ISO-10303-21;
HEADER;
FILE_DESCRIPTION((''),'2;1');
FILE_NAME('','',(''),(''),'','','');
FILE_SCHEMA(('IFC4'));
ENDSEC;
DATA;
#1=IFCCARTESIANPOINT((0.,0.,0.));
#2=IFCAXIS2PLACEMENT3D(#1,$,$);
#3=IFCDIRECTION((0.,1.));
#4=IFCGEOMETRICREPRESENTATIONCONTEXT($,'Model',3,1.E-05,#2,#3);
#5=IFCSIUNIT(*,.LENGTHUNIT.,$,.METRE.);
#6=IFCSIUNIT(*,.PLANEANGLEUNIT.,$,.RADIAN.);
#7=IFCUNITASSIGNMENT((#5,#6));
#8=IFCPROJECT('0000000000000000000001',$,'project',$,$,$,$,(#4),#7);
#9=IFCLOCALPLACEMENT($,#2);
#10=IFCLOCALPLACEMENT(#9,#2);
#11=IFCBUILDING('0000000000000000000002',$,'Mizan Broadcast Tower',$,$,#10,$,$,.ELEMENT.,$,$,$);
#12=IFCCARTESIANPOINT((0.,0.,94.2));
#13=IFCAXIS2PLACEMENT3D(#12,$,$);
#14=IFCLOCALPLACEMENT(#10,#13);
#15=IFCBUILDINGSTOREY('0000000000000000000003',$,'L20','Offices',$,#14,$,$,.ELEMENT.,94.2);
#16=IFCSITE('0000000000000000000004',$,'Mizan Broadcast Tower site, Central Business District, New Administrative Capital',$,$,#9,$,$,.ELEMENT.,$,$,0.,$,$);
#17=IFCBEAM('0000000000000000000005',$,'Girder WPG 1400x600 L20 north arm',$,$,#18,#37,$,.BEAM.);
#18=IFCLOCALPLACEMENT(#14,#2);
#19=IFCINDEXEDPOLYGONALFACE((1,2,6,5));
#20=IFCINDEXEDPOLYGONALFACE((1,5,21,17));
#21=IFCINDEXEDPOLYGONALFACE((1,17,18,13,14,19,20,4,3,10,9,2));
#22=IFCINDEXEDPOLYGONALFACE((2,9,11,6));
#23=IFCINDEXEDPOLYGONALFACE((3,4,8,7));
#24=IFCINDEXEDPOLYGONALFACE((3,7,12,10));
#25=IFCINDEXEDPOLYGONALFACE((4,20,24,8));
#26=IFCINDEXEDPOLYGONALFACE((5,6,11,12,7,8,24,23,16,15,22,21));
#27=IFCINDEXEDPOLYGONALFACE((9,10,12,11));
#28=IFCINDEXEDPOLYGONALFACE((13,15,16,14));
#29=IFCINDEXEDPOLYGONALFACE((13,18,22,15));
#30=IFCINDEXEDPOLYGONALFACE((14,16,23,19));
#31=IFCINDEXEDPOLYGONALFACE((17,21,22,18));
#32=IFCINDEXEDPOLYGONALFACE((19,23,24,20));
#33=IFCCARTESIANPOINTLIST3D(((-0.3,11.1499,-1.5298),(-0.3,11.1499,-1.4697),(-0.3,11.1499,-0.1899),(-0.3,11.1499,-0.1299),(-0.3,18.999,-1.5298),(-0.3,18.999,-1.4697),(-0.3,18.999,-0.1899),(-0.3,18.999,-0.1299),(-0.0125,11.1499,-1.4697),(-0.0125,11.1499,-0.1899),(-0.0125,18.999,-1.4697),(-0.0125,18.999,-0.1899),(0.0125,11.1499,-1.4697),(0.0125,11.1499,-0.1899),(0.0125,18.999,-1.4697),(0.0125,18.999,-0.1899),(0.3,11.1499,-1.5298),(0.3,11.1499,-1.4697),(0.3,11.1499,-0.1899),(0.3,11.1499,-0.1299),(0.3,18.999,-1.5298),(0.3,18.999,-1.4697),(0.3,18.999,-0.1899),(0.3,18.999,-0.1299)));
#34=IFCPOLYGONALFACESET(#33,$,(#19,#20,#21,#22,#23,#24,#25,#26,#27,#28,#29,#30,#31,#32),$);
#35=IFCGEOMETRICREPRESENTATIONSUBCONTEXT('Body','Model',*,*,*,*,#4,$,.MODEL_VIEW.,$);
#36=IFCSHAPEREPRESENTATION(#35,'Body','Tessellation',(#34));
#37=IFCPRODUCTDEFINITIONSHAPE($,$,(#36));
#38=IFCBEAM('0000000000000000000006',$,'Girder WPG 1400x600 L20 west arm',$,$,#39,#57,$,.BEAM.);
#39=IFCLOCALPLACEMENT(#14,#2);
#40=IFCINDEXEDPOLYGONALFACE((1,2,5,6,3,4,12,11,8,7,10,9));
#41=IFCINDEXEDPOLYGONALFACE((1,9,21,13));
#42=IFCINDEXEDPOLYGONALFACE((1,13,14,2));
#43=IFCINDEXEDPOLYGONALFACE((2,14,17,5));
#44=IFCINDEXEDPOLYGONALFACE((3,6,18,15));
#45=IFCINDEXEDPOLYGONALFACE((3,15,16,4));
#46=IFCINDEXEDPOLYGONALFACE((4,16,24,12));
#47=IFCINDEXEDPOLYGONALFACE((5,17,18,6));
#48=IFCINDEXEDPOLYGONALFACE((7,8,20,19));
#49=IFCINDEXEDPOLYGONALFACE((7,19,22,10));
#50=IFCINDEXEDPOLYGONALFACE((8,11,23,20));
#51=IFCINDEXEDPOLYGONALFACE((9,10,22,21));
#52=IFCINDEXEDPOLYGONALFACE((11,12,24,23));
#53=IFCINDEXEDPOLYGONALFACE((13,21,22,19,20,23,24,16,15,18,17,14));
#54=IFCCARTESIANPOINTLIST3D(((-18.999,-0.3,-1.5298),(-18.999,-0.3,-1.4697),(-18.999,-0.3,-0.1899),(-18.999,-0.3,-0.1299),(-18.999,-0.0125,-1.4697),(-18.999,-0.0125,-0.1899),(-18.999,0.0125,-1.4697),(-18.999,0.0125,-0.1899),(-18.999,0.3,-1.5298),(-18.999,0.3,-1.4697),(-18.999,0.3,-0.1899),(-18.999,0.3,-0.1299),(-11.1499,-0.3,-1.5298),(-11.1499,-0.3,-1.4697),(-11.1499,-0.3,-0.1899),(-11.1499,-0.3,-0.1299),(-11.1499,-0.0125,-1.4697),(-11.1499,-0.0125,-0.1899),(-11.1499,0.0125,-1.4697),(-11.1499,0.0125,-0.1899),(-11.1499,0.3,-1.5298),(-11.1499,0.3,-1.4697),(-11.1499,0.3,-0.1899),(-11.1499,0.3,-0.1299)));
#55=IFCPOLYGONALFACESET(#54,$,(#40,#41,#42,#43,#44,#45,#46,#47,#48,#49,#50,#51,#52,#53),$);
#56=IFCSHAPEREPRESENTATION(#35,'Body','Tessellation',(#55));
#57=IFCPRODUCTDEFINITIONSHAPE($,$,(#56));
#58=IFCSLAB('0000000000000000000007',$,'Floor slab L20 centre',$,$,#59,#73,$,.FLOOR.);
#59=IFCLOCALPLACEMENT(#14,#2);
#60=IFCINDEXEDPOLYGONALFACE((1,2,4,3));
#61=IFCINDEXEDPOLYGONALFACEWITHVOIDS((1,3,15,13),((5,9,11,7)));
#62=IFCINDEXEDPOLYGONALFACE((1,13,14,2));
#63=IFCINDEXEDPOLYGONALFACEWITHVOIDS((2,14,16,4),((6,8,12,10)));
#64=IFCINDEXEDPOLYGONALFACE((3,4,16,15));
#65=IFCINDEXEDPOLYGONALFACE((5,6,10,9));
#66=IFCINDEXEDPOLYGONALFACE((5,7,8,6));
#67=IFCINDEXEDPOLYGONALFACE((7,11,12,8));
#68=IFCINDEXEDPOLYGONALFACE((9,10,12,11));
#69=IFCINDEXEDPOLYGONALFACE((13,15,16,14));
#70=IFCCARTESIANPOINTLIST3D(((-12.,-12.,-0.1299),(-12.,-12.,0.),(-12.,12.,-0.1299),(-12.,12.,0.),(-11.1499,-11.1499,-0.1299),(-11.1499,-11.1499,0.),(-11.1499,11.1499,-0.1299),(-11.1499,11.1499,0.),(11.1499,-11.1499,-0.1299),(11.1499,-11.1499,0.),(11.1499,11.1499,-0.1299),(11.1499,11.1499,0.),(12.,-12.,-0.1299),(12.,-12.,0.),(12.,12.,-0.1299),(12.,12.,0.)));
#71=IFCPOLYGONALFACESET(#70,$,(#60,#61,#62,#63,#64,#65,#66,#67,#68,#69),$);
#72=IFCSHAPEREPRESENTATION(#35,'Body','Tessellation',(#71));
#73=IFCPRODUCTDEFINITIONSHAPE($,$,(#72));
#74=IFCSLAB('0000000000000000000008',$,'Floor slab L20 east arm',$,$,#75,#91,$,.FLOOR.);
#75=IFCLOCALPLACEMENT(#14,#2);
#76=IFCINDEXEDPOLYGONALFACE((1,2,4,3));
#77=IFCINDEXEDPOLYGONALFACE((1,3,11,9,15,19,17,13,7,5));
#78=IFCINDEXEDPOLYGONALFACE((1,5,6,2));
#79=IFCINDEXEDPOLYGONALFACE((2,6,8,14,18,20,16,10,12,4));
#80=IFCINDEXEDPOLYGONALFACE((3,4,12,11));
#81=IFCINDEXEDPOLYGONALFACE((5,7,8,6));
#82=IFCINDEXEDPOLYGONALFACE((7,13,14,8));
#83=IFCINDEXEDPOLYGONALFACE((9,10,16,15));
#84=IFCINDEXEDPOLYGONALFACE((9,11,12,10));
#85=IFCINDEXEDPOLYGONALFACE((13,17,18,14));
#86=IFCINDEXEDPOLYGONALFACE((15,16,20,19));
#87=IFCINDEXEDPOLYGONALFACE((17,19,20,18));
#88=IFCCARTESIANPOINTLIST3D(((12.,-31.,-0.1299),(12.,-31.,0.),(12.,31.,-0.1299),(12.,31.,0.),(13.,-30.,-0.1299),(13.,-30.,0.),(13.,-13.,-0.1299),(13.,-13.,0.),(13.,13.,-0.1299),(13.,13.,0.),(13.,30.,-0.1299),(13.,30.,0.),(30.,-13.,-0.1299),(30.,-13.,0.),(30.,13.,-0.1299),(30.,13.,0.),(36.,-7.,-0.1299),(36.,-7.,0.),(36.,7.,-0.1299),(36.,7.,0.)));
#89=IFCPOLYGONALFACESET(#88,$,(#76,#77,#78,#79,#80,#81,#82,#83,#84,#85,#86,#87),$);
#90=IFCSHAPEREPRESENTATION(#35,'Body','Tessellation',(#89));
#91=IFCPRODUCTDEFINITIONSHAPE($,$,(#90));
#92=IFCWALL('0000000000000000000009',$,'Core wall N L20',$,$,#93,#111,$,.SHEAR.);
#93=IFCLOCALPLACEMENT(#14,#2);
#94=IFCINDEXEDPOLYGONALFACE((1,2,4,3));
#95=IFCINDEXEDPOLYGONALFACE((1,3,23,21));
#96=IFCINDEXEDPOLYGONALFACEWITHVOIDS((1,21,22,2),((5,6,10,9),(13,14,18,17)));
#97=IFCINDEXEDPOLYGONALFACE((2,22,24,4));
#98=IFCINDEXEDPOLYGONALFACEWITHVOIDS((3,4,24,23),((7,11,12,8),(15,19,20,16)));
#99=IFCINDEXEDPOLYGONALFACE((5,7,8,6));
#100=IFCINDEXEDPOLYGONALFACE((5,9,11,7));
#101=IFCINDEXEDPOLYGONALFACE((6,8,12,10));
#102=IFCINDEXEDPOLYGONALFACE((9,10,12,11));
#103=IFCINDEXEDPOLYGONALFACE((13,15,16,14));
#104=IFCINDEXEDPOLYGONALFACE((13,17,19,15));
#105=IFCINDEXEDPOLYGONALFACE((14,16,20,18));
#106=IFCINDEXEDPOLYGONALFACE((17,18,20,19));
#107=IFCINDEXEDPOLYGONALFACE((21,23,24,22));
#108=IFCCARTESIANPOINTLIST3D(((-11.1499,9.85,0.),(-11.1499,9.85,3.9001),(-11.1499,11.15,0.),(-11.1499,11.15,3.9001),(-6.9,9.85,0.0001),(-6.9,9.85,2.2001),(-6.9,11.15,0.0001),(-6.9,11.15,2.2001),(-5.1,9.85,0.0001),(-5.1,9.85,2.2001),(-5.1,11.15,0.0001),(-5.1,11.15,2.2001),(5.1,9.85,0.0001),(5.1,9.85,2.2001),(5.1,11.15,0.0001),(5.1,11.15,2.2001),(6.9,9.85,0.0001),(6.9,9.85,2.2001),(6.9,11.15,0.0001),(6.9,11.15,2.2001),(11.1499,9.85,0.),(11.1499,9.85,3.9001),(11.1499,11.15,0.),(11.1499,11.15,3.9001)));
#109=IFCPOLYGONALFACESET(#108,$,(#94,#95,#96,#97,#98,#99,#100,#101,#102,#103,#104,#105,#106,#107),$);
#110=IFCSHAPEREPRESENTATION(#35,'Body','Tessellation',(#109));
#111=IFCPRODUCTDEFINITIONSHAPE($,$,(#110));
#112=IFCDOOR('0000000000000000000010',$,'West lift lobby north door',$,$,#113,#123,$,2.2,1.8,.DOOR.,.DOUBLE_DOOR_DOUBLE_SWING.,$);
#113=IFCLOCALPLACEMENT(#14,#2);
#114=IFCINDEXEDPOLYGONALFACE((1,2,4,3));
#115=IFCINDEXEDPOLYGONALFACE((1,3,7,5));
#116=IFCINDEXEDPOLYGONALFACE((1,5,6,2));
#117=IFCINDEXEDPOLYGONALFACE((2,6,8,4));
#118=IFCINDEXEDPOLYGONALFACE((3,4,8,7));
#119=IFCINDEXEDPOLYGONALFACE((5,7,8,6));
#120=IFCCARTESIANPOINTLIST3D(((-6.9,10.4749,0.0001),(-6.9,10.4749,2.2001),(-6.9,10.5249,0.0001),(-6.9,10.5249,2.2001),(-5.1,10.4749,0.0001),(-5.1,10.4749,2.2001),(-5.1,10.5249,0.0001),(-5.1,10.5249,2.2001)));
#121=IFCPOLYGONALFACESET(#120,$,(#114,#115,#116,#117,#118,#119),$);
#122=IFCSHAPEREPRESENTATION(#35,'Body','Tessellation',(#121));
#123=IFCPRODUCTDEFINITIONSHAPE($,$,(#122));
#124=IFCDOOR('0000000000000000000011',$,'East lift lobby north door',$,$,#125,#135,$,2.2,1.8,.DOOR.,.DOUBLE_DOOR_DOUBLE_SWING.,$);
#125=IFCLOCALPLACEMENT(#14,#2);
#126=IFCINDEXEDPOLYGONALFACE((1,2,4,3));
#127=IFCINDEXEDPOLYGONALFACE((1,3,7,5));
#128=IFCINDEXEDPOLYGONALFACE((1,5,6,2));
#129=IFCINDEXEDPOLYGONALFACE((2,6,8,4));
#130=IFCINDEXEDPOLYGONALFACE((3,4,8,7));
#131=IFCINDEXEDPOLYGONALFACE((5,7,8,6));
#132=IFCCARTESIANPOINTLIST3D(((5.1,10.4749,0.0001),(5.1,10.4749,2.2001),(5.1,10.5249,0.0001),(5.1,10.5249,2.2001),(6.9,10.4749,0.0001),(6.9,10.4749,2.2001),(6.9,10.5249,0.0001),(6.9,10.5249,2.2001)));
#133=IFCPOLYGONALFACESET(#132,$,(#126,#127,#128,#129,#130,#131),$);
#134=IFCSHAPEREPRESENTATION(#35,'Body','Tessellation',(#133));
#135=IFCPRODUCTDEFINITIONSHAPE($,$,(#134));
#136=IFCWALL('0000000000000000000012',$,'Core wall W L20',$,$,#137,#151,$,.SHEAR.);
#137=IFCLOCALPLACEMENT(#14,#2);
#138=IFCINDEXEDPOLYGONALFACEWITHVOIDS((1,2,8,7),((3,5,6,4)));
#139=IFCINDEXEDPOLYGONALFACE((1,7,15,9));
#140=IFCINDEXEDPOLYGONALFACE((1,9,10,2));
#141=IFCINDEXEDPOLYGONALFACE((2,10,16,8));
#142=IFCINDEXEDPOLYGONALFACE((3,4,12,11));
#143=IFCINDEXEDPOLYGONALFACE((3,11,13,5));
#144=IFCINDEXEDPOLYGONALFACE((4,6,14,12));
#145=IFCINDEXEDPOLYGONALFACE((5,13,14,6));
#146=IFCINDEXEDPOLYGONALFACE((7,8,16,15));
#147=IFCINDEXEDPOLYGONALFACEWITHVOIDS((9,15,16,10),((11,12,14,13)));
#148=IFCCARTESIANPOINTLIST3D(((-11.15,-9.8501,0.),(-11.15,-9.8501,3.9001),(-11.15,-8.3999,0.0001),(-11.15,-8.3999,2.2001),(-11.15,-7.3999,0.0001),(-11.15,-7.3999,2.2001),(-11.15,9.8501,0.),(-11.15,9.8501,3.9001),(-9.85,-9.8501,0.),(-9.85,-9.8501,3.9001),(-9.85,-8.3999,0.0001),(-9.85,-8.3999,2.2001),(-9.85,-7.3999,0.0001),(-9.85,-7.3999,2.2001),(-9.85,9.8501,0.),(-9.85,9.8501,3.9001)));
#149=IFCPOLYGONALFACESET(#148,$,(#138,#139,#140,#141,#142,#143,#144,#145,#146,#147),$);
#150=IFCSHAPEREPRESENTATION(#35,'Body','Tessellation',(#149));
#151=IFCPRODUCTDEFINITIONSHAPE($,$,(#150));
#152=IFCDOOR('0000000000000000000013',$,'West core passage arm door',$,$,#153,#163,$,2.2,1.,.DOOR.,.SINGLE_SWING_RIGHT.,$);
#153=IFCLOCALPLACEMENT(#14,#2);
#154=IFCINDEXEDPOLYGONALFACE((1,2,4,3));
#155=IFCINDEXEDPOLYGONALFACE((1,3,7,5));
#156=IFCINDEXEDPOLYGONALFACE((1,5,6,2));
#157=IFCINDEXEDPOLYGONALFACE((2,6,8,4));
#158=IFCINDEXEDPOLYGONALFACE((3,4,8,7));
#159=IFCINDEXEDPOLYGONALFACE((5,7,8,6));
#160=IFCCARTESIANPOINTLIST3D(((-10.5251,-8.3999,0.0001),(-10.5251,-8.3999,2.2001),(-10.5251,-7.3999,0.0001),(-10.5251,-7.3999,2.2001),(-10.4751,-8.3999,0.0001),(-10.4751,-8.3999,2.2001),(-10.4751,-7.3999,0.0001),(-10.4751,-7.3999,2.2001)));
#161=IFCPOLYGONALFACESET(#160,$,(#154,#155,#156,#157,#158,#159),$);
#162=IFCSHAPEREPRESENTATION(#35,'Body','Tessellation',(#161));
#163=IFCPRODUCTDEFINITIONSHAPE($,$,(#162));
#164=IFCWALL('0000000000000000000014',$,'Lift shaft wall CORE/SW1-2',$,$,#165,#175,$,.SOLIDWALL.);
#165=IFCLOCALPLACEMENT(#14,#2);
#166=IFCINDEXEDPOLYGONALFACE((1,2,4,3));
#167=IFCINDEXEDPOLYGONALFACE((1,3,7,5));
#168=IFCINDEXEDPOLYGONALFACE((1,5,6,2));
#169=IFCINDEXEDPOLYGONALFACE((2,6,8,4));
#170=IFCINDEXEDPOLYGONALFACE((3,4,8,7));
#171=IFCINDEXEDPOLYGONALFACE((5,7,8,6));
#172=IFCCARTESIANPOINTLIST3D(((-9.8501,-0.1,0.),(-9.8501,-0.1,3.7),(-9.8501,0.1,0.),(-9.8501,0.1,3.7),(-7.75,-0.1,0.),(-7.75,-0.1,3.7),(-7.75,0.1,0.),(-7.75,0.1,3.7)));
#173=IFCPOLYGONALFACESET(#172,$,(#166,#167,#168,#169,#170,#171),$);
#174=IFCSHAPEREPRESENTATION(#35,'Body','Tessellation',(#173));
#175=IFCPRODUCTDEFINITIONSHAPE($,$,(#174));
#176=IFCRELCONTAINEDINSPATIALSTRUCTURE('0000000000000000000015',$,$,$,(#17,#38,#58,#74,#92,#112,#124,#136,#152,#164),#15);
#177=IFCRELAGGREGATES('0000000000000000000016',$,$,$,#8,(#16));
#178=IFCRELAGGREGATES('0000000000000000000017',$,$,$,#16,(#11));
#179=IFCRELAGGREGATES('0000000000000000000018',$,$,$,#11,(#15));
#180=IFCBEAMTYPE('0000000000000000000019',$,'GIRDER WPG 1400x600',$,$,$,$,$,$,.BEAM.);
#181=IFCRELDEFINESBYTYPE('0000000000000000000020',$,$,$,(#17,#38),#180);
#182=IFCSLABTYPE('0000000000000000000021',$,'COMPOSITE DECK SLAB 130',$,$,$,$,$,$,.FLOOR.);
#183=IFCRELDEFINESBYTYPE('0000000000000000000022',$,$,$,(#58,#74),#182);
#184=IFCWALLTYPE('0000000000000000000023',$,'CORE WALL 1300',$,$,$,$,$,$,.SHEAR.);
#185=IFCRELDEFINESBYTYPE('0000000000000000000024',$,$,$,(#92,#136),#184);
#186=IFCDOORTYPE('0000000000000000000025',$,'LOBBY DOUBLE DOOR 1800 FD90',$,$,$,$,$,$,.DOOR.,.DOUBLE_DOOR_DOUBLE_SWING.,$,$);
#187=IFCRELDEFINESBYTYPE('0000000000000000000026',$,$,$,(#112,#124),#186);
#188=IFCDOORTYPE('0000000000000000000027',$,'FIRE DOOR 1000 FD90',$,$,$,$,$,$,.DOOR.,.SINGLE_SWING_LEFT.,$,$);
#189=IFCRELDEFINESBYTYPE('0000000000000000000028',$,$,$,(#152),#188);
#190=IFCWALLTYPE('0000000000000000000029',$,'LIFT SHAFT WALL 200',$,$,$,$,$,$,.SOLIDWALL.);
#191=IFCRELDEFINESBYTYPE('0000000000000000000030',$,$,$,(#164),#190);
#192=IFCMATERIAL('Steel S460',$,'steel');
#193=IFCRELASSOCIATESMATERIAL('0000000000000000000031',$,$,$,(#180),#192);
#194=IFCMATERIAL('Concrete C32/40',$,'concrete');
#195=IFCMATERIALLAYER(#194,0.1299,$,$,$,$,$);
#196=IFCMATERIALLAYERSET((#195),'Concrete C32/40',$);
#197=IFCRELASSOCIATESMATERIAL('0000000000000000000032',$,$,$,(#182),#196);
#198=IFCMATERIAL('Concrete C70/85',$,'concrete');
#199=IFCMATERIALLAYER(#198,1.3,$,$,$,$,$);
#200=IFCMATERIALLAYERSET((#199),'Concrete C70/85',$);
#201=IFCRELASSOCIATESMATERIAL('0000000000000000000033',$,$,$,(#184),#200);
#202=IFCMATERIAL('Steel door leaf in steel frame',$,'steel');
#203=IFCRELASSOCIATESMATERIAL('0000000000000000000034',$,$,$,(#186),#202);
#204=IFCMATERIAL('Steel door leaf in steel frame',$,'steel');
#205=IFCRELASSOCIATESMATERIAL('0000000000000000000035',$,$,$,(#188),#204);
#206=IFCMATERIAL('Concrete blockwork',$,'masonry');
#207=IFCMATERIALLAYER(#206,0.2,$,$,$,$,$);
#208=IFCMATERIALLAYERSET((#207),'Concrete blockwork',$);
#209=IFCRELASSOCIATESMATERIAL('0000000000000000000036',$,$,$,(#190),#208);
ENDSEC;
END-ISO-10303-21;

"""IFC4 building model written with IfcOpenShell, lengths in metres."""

from ifc_helpers import new_model, si_unit, direction, frame, frame_2d, origin, origin_2d, place, context, subcontext, project, spatial, polyline, rectangle, i_section, outline, extrude, material, layer, layer_set, material_profile, profile_set, type_object, element, fill, save


model = new_model("IFC4")

# Units and contexts
model_context = context("Model", 3, precision=1e-05, world=origin(), true_north=direction((0.0, 1.0)))
body_context = subcontext(model_context, "Body", "Model", "MODEL_VIEW")
ifc_project = project(units=[si_unit("LENGTHUNIT", "METRE"), si_unit("PLANEANGLEUNIT", "RADIAN")], contexts=[model_context])

# Site, building, storey
site_placement = place(None, origin())
site = spatial("IfcSite", under=ifc_project, at=site_placement, Name="Mizan Broadcast Tower site, Central Business District, New Administrative Capital", CompositionType="ELEMENT", RefElevation=0.0)
building_placement = place(site_placement, origin())
building = spatial("IfcBuilding", under=site, at=building_placement, Name="Mizan Broadcast Tower", CompositionType="ELEMENT")
storey_placement = place(building_placement, frame((0.0, 0.0, 94.2)))
storey = spatial("IfcBuildingStorey", under=building, at=storey_placement, Name="L20", Description="Offices", CompositionType="ELEMENT", Elevation=94.2)

# Beams
ifc_material_1 = material(Name="Steel S460", Category="steel")
ifc_material_profile = material_profile(ifc_material_1, i_section(OverallWidth=0.6001, OverallDepth=1.3999, WebThickness=0.0249, FlangeThickness=0.0601, at=origin_2d()), Name="WPG 1400x600")
ifc_profile_set = profile_set([ifc_material_profile], Name="Steel S460")
beam_type = type_object("IfcBeamType", Name="GIRDER WPG 1400x600", PredefinedType="BEAM", material=ifc_profile_set)
for number, where, z_axis, x_axis, name in (
    (1, (0.0, 11.1499, -0.8298), (0.0, 1.0, 0.0), (-1.0, 0.0, 0.0), "Girder WPG 1400x600 L20 north arm"),
    (2, (-11.1499, 0.0, -0.8298), (-1.0, 0.0, 0.0), (0.0, -1.0, 0.0), "Girder WPG 1400x600 L20 west arm"),
):
    element("IfcBeam", number, at=place(storey_placement, frame(where, z_axis=z_axis, x_axis=x_axis)), inside=storey, type_object=beam_type, Name=name, PredefinedType="BEAM", context=body_context, shape_type="SweptSolid", body=[
        extrude(i_section(OverallWidth=0.6001, OverallDepth=1.3999, WebThickness=0.0249, FlangeThickness=0.0601, at=origin_2d()), origin(), (0.0, 0.0, 1.0), 7.8491),
    ])

# Slabs
ifc_material_2 = material(Name="Concrete C32/40", Category="concrete")
ifc_layer_1 = layer(ifc_material_2, 0.1299)
ifc_layer_set_1 = layer_set([ifc_layer_1], Name="Concrete C32/40")
slab_type = type_object("IfcSlabType", Name="COMPOSITE DECK SLAB 130", PredefinedType="FLOOR", material=ifc_layer_set_1)
slab_1_placement = place(storey_placement, frame((0.0, 0.0, -0.1299)))
element("IfcSlab", 3, at=slab_1_placement, inside=storey, type_object=slab_type, Name="Floor slab L20 centre", PredefinedType="FLOOR", context=body_context, shape_type="SweptSolid", body=[
    extrude(outline(polyline([(-12.0, -12.0), (12.0, -12.0), (12.0, 12.0), (-12.0, 12.0), (-12.0, -12.0)]), holes=[polyline([(-11.1499, 11.1499), (11.1499, 11.1499), (11.1499, -11.1499), (-11.1499, -11.1499), (-11.1499, 11.1499)])]), origin(), (0.0, 0.0, 1.0), 0.1299),
])
slab_2_placement = place(storey_placement, frame((0.0, 0.0, -0.1299)))
element("IfcSlab", 4, at=slab_2_placement, inside=storey, type_object=slab_type, Name="Floor slab L20 east arm", PredefinedType="FLOOR", context=body_context, shape_type="SweptSolid", body=[
    extrude(outline(polyline([(12.0, -31.0), (13.0, -30.0), (13.0, -13.0), (30.0, -13.0), (36.0, -7.0), (36.0, 7.0), (30.0, 13.0), (13.0, 13.0), (13.0, 30.0), (12.0, 31.0), (12.0, -31.0)])), origin(), (0.0, 0.0, 1.0), 0.1299),
])

# Wall, openings, doors
ifc_material_3 = material(Name="Concrete C70/85", Category="concrete")
ifc_layer_2 = layer(ifc_material_3, 1.3)
ifc_layer_set_2 = layer_set([ifc_layer_2], Name="Concrete C70/85")
wall_type_1 = type_object("IfcWallType", Name="CORE WALL 1300", PredefinedType="SHEAR", material=ifc_layer_set_2)
wall_1_placement = place(storey_placement, frame((-11.1499, 10.5, 0.0), z_axis=(0.0, 0.0, 1.0), x_axis=(1.0, 0.0, 0.0)))
wall_1 = element("IfcWall", 5, at=wall_1_placement, inside=storey, type_object=wall_type_1, Name="Core wall N L20", PredefinedType="SHEAR", context=body_context, shape_type="SweptSolid", body=[
    extrude(rectangle(XDim=22.2998, YDim=1.3, at=frame_2d((11.1499, 0.0))), origin(), (0.0, 0.0, 1.0), 3.9001),
])
opening_1_placement = place(wall_1_placement, frame((4.25, 0.0, 0.0)))
opening_1 = element("IfcOpeningElement", 6, at=opening_1_placement, cuts=wall_1, PredefinedType="OPENING", context=body_context, shape_type="SweptSolid", body=[
    extrude(rectangle(XDim=1.8, YDim=2.2, at=frame_2d((0.8999, 1.1001))), frame((0.0, 0.6599, 0.0), z_axis=(0.0, -1.0, 0.0), x_axis=(1.0, 0.0, 0.0)), (0.0, 0.0, 1.0), 1.3201),
])
opening_2_placement = place(wall_1_placement, frame((16.25, 0.0, 0.0)))
opening_2 = element("IfcOpeningElement", 7, at=opening_2_placement, cuts=wall_1, PredefinedType="OPENING", context=body_context, shape_type="SweptSolid", body=[
    extrude(rectangle(XDim=1.8, YDim=2.2, at=frame_2d((0.8999, 1.1001))), frame((0.0, 0.6599, 0.0), z_axis=(0.0, -1.0, 0.0), x_axis=(1.0, 0.0, 0.0)), (0.0, 0.0, 1.0), 1.3201),
])
ifc_material_4 = material(Name="Steel door leaf in steel frame", Category="steel")
door_type_1 = type_object("IfcDoorType", Name="LOBBY DOUBLE DOOR 1800 FD90", OperationType="DOUBLE_DOOR_DOUBLE_SWING", PredefinedType="DOOR", material=ifc_material_4)
door_1_placement = place(opening_1_placement, origin())
door_1 = element("IfcDoor", 8, at=door_1_placement, inside=storey, type_object=door_type_1, Name="West lift lobby north door", OperationType="DOUBLE_DOOR_DOUBLE_SWING", OverallHeight=2.2, OverallWidth=1.8, PredefinedType="DOOR", context=body_context, shape_type="SweptSolid", body=[
    extrude(rectangle(XDim=1.8, YDim=2.2, at=frame_2d((0.8999, 1.1001))), frame((0.0, 0.0249, 0.0), z_axis=(0.0, -1.0, 0.0), x_axis=(1.0, 0.0, 0.0)), (0.0, 0.0, 1.0), 0.05),
])
fill(opening_1, door_1)
door_2_placement = place(opening_2_placement, origin())
door_2 = element("IfcDoor", 9, at=door_2_placement, inside=storey, type_object=door_type_1, Name="East lift lobby north door", OperationType="DOUBLE_DOOR_DOUBLE_SWING", OverallHeight=2.2, OverallWidth=1.8, PredefinedType="DOOR", context=body_context, shape_type="SweptSolid", body=[
    extrude(rectangle(XDim=1.8, YDim=2.2, at=frame_2d((0.8999, 1.1001))), frame((0.0, 0.0249, 0.0), z_axis=(0.0, -1.0, 0.0), x_axis=(1.0, 0.0, 0.0)), (0.0, 0.0, 1.0), 0.05),
])
fill(opening_2, door_2)

# Wall, opening, door
wall_2_placement = place(storey_placement, frame((-10.5, 9.8501, 0.0), z_axis=(0.0, 0.0, 1.0), x_axis=(0.0, -1.0, 0.0)))
wall_2 = element("IfcWall", 10, at=wall_2_placement, inside=storey, type_object=wall_type_1, Name="Core wall W L20", PredefinedType="SHEAR", context=body_context, shape_type="SweptSolid", body=[
    extrude(rectangle(XDim=19.7002, YDim=1.3, at=frame_2d((9.8501, 0.0))), origin(), (0.0, 0.0, 1.0), 3.9001),
])
opening_3_placement = place(wall_2_placement, frame((17.25, 0.0, 0.0)))
opening_3 = element("IfcOpeningElement", 11, at=opening_3_placement, cuts=wall_2, PredefinedType="OPENING", context=body_context, shape_type="SweptSolid", body=[
    extrude(rectangle(XDim=1.0, YDim=2.2, at=frame_2d((0.5, 1.1001))), frame((0.0, 0.6599, 0.0), z_axis=(0.0, -1.0, 0.0), x_axis=(1.0, 0.0, 0.0)), (0.0, 0.0, 1.0), 1.3201),
])
ifc_material_5 = material(Name="Steel door leaf in steel frame", Category="steel")
door_type_2 = type_object("IfcDoorType", Name="FIRE DOOR 1000 FD90", OperationType="SINGLE_SWING_LEFT", PredefinedType="DOOR", material=ifc_material_5)
door_3_placement = place(opening_3_placement, origin())
door_3 = element("IfcDoor", 12, at=door_3_placement, inside=storey, type_object=door_type_2, Name="West core passage arm door", OperationType="SINGLE_SWING_RIGHT", OverallHeight=2.2, OverallWidth=1.0, PredefinedType="DOOR", context=body_context, shape_type="SweptSolid", body=[
    extrude(rectangle(XDim=1.0, YDim=2.2, at=frame_2d((0.5, 1.1001))), frame((0.0, 0.0249, 0.0), z_axis=(0.0, -1.0, 0.0), x_axis=(1.0, 0.0, 0.0)), (0.0, 0.0, 1.0), 0.05),
])
fill(opening_3, door_3)

# Wall
ifc_material_6 = material(Name="Concrete blockwork", Category="masonry")
ifc_layer_3 = layer(ifc_material_6, 0.2)
ifc_layer_set_3 = layer_set([ifc_layer_3], Name="Concrete blockwork")
wall_type_2 = type_object("IfcWallType", Name="LIFT SHAFT WALL 200", PredefinedType="SOLIDWALL", material=ifc_layer_set_3)
for number, where, z_axis, x_axis, name in (
    (13, (-9.8501, 0.0, 0.0), (0.0, 0.0, 1.0), (1.0, 0.0, 0.0), "Lift shaft wall CORE/SW1-2"),
):
    element("IfcWall", number, at=place(storey_placement, frame(where, z_axis=z_axis, x_axis=x_axis)), inside=storey, type_object=wall_type_2, Name=name, PredefinedType="SOLIDWALL", context=body_context, shape_type="SweptSolid", body=[
        extrude(rectangle(XDim=2.1001, YDim=0.2, at=frame_2d((1.05, 0.0))), origin(), (0.0, 0.0, 1.0), 3.7),
    ])

save(model, "model.ifc")
